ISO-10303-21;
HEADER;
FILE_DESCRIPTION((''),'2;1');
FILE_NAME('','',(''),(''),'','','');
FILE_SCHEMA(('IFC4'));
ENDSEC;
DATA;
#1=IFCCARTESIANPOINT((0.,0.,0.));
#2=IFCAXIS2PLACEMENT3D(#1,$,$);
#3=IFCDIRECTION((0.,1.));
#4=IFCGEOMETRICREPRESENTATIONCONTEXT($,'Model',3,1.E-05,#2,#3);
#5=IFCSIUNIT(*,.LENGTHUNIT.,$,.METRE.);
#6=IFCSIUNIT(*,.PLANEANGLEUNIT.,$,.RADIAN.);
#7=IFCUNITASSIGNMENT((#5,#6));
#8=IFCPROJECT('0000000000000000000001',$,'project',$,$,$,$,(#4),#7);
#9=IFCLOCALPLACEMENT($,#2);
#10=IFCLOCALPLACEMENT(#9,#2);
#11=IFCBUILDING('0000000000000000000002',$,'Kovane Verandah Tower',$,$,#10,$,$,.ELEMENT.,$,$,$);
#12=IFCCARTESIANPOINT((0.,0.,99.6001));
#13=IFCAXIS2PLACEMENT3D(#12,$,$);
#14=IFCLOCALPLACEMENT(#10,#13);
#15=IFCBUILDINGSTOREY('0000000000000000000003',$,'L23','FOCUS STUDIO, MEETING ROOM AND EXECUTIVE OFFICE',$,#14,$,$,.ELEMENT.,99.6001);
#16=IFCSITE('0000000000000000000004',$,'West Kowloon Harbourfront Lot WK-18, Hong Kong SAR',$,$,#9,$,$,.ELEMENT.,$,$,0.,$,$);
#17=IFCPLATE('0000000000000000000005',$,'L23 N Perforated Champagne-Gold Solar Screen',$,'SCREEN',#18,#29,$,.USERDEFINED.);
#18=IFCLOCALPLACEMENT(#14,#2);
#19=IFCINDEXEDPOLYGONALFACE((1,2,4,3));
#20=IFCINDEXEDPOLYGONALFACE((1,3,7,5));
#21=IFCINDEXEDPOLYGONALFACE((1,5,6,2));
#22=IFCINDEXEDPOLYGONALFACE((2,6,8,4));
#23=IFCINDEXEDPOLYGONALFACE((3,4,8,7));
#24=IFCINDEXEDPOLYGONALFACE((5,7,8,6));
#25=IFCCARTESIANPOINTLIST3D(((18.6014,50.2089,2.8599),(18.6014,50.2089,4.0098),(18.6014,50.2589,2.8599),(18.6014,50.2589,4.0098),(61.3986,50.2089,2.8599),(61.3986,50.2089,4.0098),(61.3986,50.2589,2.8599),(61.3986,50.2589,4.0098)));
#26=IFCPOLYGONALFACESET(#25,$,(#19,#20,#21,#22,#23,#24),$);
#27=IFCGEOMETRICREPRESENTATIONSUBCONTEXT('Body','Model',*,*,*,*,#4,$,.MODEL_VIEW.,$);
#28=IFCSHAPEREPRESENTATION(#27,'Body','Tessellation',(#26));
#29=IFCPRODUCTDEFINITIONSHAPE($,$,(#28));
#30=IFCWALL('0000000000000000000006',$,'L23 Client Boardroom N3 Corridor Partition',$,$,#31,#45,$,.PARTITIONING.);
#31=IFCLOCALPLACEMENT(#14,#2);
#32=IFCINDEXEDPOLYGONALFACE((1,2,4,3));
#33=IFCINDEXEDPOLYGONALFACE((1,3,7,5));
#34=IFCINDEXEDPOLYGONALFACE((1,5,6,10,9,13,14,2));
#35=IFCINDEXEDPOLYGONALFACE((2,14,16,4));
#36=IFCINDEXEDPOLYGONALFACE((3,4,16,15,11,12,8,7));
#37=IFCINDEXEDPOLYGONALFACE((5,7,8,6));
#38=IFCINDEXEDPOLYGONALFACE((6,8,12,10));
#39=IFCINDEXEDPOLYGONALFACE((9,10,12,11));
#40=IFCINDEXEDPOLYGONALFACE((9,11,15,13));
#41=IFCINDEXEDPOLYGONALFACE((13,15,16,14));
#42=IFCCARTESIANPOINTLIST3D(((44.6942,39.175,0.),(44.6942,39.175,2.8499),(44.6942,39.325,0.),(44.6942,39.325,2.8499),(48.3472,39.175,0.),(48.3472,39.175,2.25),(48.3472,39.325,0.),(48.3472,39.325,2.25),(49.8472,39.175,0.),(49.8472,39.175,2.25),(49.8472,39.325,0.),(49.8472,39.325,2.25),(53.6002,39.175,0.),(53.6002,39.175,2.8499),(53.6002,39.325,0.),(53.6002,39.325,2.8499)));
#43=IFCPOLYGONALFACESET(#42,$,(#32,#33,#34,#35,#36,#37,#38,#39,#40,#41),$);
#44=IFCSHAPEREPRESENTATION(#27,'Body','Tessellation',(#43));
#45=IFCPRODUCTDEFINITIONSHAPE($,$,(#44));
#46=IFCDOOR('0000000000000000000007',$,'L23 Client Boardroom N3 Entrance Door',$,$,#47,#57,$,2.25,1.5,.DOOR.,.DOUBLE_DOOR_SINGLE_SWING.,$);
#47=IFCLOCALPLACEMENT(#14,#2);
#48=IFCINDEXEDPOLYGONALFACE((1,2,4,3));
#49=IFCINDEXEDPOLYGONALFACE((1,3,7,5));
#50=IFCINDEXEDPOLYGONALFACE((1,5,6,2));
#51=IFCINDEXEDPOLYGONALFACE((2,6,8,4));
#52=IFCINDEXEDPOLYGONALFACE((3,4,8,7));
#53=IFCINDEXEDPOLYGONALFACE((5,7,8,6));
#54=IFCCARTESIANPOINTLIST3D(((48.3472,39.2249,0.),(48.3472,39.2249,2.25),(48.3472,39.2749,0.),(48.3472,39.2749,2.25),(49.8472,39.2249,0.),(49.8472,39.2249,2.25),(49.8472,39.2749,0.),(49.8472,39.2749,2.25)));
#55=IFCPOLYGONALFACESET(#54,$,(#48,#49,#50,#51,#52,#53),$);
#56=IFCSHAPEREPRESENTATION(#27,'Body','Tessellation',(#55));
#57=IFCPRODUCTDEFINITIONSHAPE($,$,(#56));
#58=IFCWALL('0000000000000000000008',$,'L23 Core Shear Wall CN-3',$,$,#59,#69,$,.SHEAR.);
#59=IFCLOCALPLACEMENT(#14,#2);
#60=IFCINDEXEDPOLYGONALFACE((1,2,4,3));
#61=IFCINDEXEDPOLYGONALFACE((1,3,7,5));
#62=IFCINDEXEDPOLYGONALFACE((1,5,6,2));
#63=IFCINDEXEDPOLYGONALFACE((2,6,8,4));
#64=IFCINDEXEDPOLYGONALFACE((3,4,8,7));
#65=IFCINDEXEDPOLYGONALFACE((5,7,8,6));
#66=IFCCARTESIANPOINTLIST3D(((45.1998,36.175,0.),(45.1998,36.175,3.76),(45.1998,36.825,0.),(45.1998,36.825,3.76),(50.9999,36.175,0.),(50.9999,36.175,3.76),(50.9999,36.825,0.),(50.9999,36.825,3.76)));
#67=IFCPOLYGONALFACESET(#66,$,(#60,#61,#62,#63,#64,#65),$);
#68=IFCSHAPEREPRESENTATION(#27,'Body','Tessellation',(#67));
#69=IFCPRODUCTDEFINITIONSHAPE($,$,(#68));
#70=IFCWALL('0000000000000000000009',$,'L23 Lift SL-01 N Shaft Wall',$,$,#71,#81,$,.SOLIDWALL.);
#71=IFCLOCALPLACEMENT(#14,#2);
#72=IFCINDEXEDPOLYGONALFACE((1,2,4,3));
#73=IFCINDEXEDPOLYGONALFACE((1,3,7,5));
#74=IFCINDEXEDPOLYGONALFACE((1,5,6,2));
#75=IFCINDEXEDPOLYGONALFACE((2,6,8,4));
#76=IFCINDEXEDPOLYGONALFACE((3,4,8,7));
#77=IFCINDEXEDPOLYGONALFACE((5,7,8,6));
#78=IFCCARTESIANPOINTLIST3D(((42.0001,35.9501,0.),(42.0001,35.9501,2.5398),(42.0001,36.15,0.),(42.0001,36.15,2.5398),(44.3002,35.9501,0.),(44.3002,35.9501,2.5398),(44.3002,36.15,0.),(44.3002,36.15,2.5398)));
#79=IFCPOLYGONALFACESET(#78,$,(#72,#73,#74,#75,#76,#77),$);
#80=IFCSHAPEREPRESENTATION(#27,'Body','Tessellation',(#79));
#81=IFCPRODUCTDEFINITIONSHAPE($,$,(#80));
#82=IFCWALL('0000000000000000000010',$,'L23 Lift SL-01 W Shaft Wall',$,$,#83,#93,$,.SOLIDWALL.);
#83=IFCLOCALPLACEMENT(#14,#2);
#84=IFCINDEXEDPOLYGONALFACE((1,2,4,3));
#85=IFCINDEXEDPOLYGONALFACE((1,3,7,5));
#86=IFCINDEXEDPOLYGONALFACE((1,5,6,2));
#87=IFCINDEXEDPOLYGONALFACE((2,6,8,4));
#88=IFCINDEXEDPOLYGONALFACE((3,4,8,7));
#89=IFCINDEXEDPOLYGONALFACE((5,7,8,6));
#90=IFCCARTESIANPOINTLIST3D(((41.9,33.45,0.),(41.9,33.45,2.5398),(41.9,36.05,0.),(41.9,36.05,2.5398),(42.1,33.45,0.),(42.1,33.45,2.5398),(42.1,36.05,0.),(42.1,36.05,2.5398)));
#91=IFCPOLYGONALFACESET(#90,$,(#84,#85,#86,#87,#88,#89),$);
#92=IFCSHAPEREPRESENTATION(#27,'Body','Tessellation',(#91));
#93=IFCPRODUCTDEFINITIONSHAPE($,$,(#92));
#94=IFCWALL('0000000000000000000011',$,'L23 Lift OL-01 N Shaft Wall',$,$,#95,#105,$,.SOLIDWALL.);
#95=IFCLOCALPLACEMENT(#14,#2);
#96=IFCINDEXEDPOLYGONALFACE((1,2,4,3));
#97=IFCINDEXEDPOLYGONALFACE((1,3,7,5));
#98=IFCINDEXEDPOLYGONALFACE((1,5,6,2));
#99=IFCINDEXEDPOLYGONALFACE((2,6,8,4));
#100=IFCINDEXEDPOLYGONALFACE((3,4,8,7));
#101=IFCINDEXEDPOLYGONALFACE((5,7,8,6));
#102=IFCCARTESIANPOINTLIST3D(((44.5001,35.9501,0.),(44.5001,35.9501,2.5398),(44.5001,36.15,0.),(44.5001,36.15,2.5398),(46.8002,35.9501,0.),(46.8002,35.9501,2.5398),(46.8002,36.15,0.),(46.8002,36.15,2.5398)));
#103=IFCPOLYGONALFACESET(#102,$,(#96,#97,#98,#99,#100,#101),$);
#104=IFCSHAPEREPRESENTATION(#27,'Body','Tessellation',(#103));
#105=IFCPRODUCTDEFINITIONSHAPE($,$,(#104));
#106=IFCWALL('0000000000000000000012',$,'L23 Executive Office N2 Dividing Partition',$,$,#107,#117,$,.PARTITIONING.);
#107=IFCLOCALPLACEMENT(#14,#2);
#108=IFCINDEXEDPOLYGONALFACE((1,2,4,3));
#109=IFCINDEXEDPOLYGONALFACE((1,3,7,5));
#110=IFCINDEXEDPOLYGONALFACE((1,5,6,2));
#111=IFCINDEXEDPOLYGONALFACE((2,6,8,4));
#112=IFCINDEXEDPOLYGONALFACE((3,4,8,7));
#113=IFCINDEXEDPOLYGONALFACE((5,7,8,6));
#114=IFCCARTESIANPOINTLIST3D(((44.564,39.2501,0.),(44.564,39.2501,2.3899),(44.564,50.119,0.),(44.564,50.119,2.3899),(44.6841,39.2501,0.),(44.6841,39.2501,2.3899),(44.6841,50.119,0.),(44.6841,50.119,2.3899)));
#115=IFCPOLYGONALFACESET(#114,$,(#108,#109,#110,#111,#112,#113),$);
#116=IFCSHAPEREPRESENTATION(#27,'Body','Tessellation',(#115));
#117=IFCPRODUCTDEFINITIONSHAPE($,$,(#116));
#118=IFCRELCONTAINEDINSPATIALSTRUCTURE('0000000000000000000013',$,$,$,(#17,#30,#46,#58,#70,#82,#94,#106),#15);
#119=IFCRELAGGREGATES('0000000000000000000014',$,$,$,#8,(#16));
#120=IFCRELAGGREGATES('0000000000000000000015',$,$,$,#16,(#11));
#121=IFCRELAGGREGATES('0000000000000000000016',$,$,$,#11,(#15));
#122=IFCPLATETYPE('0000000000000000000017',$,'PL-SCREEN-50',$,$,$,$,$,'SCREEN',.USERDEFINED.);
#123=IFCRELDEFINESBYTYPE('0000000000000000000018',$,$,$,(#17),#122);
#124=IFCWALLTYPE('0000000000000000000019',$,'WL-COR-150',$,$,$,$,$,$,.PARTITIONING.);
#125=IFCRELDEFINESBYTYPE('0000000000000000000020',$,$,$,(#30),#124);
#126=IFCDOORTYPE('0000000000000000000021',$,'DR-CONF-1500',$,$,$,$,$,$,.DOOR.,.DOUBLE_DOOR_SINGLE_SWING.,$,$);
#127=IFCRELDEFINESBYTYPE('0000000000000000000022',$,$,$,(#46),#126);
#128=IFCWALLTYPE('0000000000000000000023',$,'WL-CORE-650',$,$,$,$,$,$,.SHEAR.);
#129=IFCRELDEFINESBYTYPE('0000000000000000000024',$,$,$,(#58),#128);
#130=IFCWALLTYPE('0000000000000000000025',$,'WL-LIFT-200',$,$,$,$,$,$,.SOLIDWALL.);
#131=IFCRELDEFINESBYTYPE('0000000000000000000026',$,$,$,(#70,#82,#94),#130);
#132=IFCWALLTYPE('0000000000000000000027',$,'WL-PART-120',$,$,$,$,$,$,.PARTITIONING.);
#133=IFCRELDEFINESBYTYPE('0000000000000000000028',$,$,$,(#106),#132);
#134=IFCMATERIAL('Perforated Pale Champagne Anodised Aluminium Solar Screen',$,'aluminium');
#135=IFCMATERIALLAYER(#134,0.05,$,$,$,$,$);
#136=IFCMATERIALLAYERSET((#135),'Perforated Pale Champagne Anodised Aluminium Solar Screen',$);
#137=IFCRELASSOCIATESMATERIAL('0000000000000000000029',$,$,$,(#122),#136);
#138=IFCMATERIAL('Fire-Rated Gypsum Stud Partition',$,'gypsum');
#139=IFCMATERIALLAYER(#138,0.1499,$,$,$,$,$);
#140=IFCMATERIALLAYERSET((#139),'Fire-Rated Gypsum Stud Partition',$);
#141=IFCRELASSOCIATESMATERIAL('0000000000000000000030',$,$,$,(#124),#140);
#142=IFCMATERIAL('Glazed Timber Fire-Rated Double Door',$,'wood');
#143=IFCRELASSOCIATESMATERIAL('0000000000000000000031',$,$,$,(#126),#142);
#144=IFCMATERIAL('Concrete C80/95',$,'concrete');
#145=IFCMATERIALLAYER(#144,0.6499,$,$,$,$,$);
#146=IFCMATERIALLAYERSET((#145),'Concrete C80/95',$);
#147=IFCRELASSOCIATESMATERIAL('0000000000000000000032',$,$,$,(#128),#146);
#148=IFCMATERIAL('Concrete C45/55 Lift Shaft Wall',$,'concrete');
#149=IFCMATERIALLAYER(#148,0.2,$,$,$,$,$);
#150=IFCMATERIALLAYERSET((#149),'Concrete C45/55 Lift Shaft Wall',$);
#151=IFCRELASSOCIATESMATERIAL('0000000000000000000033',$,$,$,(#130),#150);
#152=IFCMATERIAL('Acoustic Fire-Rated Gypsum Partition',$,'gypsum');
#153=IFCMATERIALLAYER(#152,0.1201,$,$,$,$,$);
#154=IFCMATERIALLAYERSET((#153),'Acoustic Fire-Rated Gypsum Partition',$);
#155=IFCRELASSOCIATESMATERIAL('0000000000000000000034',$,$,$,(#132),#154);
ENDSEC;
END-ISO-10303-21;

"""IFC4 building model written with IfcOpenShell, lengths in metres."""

from ifc_helpers import new_model, si_unit, direction, frame, frame_2d, origin, origin_2d, place, context, subcontext, project, spatial, rectangle, extrude, material, layer, layer_set, type_object, element, fill, save


model = new_model("IFC4")

# Units and contexts
model_context = context("Model", 3, precision=1e-05, world=origin(), true_north=direction((0.0, 1.0)))
body_context = subcontext(model_context, "Body", "Model", "MODEL_VIEW")
ifc_project = project(units=[si_unit("LENGTHUNIT", "METRE"), si_unit("PLANEANGLEUNIT", "RADIAN")], contexts=[model_context])

# Site, building, storey
site_placement = place(None, origin())
site = spatial("IfcSite", under=ifc_project, at=site_placement, Name="West Kowloon Harbourfront Lot WK-18, Hong Kong SAR", CompositionType="ELEMENT", RefElevation=0.0)
building_placement = place(site_placement, origin())
building = spatial("IfcBuilding", under=site, at=building_placement, Name="Kovane Verandah Tower", CompositionType="ELEMENT")
storey_placement = place(building_placement, frame((0.0, 0.0, 99.6001)))
storey = spatial("IfcBuildingStorey", under=building, at=storey_placement, Name="L23", Description="FOCUS STUDIO, MEETING ROOM AND EXECUTIVE OFFICE", CompositionType="ELEMENT", Elevation=99.6001)

# Shared definitions
ifc_material_1 = material(Name="Concrete C80/95", Category="concrete")

# Plate
ifc_material_2 = material(Name="Perforated Pale Champagne Anodised Aluminium Solar Screen", Category="aluminium")
ifc_layer_1 = layer(ifc_material_2, 0.05)
ifc_layer_set_1 = layer_set([ifc_layer_1], Name="Perforated Pale Champagne Anodised Aluminium Solar Screen")
plate_type_1 = type_object("IfcPlateType", Name="PL-SCREEN-50", ElementType="SCREEN", PredefinedType="USERDEFINED", material=ifc_layer_set_1)
plate_1_placement = place(storey_placement, frame((40.0, 50.2339, 2.8599), z_axis=(0.0, 0.0, 1.0), x_axis=(-1.0, 0.0, 0.0)))
element("IfcPlate", 1, at=plate_1_placement, inside=storey, type_object=plate_type_1, Name="L23 N Perforated Champagne-Gold Solar Screen", ObjectType="SCREEN", PredefinedType="USERDEFINED", context=body_context, shape_type="SweptSolid", body=[
    extrude(rectangle(XDim=42.7971, YDim=0.05, at=origin_2d()), origin(), (0.0, 0.0, 1.0), 1.1499),
])

# Wall, opening, door
ifc_material_3 = material(Name="Fire-Rated Gypsum Stud Partition", Category="gypsum")
ifc_layer_2 = layer(ifc_material_3, 0.1499)
ifc_layer_set_2 = layer_set([ifc_layer_2], Name="Fire-Rated Gypsum Stud Partition")
wall_type_1 = type_object("IfcWallType", Name="WL-COR-150", PredefinedType="PARTITIONING", material=ifc_layer_set_2)
wall_1_placement = place(storey_placement, frame((44.6941, 39.25, 0.0), z_axis=(0.0, 0.0, 1.0), x_axis=(1.0, 0.0, 0.0)))
wall_1 = element("IfcWall", 2, at=wall_1_placement, inside=storey, type_object=wall_type_1, Name="L23 Client Boardroom N3 Corridor Partition", PredefinedType="PARTITIONING", context=body_context, shape_type="SweptSolid", body=[
    extrude(rectangle(XDim=8.906, YDim=0.1499, at=frame_2d((4.4531, 0.0))), origin(), (0.0, 0.0, 1.0), 2.8499),
])
opening_1_placement = place(wall_1_placement, frame((3.6531, 0.0, 0.0)))
opening_1 = element("IfcOpeningElement", 3, at=opening_1_placement, cuts=wall_1, PredefinedType="OPENING", context=body_context, shape_type="SweptSolid", body=[
    extrude(rectangle(XDim=1.5, YDim=2.25, at=frame_2d((0.75, 1.125))), frame((0.0, 0.075, 0.0), z_axis=(0.0, -1.0, 0.0), x_axis=(1.0, 0.0, 0.0)), (0.0, 0.0, 1.0), 0.1499),
])
ifc_material_4 = material(Name="Glazed Timber Fire-Rated Double Door", Category="wood")
door_type_1 = type_object("IfcDoorType", Name="DR-CONF-1500", OperationType="DOUBLE_DOOR_SINGLE_SWING", PredefinedType="DOOR", material=ifc_material_4)
door_1_placement = place(opening_1_placement, origin())
door_1 = element("IfcDoor", 4, at=door_1_placement, inside=storey, type_object=door_type_1, Name="L23 Client Boardroom N3 Entrance Door", OperationType="DOUBLE_DOOR_SINGLE_SWING", OverallHeight=2.25, OverallWidth=1.5, PredefinedType="DOOR", context=body_context, shape_type="SweptSolid", body=[
    extrude(rectangle(XDim=1.5, YDim=2.25, at=frame_2d((0.75, 1.125))), frame((0.0, 0.0249, 0.0), z_axis=(0.0, -1.0, 0.0), x_axis=(1.0, 0.0, 0.0)), (0.0, 0.0, 1.0), 0.05),
])
fill(opening_1, door_1)
ifc_layer_3 = layer(ifc_material_1, 0.6499)
ifc_layer_set_3 = layer_set([ifc_layer_3], Name="Concrete C80/95")
wall_type_2 = type_object("IfcWallType", Name="WL-CORE-650", PredefinedType="SHEAR", material=ifc_layer_set_3)

# Walls
wall_2_placement = place(storey_placement, frame((45.2, 36.5, 0.0), z_axis=(0.0, 0.0, 1.0), x_axis=(1.0, 0.0, 0.0)))
element("IfcWall", 5, at=wall_2_placement, inside=storey, type_object=wall_type_2, Name="L23 Core Shear Wall CN-3", PredefinedType="SHEAR", context=body_context, shape_type="SweptSolid", body=[
    extrude(rectangle(XDim=5.8, YDim=0.6499, at=frame_2d((2.8999, 0.0))), origin(), (0.0, 0.0, 1.0), 3.76),
])
ifc_material_5 = material(Name="Concrete C45/55 Lift Shaft Wall", Category="concrete")
ifc_layer_4 = layer(ifc_material_5, 0.2)
ifc_layer_set_4 = layer_set([ifc_layer_4], Name="Concrete C45/55 Lift Shaft Wall")
wall_type_3 = type_object("IfcWallType", Name="WL-LIFT-200", PredefinedType="SOLIDWALL", material=ifc_layer_set_4)
wall_3_placement = place(storey_placement, frame((44.3, 36.05, 0.0), z_axis=(0.0, 0.0, 1.0), x_axis=(-1.0, 0.0, 0.0)))
element("IfcWall", 6, at=wall_3_placement, inside=storey, type_object=wall_type_3, Name="L23 Lift SL-01 N Shaft Wall", PredefinedType="SOLIDWALL", context=body_context, shape_type="SweptSolid", body=[
    extrude(rectangle(XDim=2.3, YDim=0.2, at=frame_2d((1.1499, 0.0))), origin(), (0.0, 0.0, 1.0), 2.5398),
])
wall_4_placement = place(storey_placement, frame((42.0, 36.05, 0.0), z_axis=(0.0, 0.0, 1.0), x_axis=(0.0, -1.0, 0.0)))
element("IfcWall", 7, at=wall_4_placement, inside=storey, type_object=wall_type_3, Name="L23 Lift SL-01 W Shaft Wall", PredefinedType="SOLIDWALL", context=body_context, shape_type="SweptSolid", body=[
    extrude(rectangle(XDim=2.6001, YDim=0.2, at=frame_2d((1.3, 0.0))), origin(), (0.0, 0.0, 1.0), 2.5398),
])
wall_5_placement = place(storey_placement, frame((46.8, 36.05, 0.0), z_axis=(0.0, 0.0, 1.0), x_axis=(-1.0, 0.0, 0.0)))
element("IfcWall", 8, at=wall_5_placement, inside=storey, type_object=wall_type_3, Name="L23 Lift OL-01 N Shaft Wall", PredefinedType="SOLIDWALL", context=body_context, shape_type="SweptSolid", body=[
    extrude(rectangle(XDim=2.3, YDim=0.2, at=frame_2d((1.1499, 0.0))), origin(), (0.0, 0.0, 1.0), 2.5398),
])
ifc_material_6 = material(Name="Acoustic Fire-Rated Gypsum Partition", Category="gypsum")
ifc_layer_5 = layer(ifc_material_6, 0.1201)
ifc_layer_set_5 = layer_set([ifc_layer_5], Name="Acoustic Fire-Rated Gypsum Partition")
wall_type_4 = type_object("IfcWallType", Name="WL-PART-120", PredefinedType="PARTITIONING", material=ifc_layer_set_5)
wall_6_placement = place(storey_placement, frame((44.624, 39.25, 0.0), z_axis=(0.0, 0.0, 1.0), x_axis=(0.0, 1.0, 0.0)))
element("IfcWall", 9, at=wall_6_placement, inside=storey, type_object=wall_type_4, Name="L23 Executive Office N2 Dividing Partition", PredefinedType="PARTITIONING", context=body_context, shape_type="SweptSolid", body=[
    extrude(rectangle(XDim=10.8689, YDim=0.1201, at=frame_2d((5.4346, 0.0))), origin(), (0.0, 0.0, 1.0), 2.3899),
])

save(model, "model.ifc")
